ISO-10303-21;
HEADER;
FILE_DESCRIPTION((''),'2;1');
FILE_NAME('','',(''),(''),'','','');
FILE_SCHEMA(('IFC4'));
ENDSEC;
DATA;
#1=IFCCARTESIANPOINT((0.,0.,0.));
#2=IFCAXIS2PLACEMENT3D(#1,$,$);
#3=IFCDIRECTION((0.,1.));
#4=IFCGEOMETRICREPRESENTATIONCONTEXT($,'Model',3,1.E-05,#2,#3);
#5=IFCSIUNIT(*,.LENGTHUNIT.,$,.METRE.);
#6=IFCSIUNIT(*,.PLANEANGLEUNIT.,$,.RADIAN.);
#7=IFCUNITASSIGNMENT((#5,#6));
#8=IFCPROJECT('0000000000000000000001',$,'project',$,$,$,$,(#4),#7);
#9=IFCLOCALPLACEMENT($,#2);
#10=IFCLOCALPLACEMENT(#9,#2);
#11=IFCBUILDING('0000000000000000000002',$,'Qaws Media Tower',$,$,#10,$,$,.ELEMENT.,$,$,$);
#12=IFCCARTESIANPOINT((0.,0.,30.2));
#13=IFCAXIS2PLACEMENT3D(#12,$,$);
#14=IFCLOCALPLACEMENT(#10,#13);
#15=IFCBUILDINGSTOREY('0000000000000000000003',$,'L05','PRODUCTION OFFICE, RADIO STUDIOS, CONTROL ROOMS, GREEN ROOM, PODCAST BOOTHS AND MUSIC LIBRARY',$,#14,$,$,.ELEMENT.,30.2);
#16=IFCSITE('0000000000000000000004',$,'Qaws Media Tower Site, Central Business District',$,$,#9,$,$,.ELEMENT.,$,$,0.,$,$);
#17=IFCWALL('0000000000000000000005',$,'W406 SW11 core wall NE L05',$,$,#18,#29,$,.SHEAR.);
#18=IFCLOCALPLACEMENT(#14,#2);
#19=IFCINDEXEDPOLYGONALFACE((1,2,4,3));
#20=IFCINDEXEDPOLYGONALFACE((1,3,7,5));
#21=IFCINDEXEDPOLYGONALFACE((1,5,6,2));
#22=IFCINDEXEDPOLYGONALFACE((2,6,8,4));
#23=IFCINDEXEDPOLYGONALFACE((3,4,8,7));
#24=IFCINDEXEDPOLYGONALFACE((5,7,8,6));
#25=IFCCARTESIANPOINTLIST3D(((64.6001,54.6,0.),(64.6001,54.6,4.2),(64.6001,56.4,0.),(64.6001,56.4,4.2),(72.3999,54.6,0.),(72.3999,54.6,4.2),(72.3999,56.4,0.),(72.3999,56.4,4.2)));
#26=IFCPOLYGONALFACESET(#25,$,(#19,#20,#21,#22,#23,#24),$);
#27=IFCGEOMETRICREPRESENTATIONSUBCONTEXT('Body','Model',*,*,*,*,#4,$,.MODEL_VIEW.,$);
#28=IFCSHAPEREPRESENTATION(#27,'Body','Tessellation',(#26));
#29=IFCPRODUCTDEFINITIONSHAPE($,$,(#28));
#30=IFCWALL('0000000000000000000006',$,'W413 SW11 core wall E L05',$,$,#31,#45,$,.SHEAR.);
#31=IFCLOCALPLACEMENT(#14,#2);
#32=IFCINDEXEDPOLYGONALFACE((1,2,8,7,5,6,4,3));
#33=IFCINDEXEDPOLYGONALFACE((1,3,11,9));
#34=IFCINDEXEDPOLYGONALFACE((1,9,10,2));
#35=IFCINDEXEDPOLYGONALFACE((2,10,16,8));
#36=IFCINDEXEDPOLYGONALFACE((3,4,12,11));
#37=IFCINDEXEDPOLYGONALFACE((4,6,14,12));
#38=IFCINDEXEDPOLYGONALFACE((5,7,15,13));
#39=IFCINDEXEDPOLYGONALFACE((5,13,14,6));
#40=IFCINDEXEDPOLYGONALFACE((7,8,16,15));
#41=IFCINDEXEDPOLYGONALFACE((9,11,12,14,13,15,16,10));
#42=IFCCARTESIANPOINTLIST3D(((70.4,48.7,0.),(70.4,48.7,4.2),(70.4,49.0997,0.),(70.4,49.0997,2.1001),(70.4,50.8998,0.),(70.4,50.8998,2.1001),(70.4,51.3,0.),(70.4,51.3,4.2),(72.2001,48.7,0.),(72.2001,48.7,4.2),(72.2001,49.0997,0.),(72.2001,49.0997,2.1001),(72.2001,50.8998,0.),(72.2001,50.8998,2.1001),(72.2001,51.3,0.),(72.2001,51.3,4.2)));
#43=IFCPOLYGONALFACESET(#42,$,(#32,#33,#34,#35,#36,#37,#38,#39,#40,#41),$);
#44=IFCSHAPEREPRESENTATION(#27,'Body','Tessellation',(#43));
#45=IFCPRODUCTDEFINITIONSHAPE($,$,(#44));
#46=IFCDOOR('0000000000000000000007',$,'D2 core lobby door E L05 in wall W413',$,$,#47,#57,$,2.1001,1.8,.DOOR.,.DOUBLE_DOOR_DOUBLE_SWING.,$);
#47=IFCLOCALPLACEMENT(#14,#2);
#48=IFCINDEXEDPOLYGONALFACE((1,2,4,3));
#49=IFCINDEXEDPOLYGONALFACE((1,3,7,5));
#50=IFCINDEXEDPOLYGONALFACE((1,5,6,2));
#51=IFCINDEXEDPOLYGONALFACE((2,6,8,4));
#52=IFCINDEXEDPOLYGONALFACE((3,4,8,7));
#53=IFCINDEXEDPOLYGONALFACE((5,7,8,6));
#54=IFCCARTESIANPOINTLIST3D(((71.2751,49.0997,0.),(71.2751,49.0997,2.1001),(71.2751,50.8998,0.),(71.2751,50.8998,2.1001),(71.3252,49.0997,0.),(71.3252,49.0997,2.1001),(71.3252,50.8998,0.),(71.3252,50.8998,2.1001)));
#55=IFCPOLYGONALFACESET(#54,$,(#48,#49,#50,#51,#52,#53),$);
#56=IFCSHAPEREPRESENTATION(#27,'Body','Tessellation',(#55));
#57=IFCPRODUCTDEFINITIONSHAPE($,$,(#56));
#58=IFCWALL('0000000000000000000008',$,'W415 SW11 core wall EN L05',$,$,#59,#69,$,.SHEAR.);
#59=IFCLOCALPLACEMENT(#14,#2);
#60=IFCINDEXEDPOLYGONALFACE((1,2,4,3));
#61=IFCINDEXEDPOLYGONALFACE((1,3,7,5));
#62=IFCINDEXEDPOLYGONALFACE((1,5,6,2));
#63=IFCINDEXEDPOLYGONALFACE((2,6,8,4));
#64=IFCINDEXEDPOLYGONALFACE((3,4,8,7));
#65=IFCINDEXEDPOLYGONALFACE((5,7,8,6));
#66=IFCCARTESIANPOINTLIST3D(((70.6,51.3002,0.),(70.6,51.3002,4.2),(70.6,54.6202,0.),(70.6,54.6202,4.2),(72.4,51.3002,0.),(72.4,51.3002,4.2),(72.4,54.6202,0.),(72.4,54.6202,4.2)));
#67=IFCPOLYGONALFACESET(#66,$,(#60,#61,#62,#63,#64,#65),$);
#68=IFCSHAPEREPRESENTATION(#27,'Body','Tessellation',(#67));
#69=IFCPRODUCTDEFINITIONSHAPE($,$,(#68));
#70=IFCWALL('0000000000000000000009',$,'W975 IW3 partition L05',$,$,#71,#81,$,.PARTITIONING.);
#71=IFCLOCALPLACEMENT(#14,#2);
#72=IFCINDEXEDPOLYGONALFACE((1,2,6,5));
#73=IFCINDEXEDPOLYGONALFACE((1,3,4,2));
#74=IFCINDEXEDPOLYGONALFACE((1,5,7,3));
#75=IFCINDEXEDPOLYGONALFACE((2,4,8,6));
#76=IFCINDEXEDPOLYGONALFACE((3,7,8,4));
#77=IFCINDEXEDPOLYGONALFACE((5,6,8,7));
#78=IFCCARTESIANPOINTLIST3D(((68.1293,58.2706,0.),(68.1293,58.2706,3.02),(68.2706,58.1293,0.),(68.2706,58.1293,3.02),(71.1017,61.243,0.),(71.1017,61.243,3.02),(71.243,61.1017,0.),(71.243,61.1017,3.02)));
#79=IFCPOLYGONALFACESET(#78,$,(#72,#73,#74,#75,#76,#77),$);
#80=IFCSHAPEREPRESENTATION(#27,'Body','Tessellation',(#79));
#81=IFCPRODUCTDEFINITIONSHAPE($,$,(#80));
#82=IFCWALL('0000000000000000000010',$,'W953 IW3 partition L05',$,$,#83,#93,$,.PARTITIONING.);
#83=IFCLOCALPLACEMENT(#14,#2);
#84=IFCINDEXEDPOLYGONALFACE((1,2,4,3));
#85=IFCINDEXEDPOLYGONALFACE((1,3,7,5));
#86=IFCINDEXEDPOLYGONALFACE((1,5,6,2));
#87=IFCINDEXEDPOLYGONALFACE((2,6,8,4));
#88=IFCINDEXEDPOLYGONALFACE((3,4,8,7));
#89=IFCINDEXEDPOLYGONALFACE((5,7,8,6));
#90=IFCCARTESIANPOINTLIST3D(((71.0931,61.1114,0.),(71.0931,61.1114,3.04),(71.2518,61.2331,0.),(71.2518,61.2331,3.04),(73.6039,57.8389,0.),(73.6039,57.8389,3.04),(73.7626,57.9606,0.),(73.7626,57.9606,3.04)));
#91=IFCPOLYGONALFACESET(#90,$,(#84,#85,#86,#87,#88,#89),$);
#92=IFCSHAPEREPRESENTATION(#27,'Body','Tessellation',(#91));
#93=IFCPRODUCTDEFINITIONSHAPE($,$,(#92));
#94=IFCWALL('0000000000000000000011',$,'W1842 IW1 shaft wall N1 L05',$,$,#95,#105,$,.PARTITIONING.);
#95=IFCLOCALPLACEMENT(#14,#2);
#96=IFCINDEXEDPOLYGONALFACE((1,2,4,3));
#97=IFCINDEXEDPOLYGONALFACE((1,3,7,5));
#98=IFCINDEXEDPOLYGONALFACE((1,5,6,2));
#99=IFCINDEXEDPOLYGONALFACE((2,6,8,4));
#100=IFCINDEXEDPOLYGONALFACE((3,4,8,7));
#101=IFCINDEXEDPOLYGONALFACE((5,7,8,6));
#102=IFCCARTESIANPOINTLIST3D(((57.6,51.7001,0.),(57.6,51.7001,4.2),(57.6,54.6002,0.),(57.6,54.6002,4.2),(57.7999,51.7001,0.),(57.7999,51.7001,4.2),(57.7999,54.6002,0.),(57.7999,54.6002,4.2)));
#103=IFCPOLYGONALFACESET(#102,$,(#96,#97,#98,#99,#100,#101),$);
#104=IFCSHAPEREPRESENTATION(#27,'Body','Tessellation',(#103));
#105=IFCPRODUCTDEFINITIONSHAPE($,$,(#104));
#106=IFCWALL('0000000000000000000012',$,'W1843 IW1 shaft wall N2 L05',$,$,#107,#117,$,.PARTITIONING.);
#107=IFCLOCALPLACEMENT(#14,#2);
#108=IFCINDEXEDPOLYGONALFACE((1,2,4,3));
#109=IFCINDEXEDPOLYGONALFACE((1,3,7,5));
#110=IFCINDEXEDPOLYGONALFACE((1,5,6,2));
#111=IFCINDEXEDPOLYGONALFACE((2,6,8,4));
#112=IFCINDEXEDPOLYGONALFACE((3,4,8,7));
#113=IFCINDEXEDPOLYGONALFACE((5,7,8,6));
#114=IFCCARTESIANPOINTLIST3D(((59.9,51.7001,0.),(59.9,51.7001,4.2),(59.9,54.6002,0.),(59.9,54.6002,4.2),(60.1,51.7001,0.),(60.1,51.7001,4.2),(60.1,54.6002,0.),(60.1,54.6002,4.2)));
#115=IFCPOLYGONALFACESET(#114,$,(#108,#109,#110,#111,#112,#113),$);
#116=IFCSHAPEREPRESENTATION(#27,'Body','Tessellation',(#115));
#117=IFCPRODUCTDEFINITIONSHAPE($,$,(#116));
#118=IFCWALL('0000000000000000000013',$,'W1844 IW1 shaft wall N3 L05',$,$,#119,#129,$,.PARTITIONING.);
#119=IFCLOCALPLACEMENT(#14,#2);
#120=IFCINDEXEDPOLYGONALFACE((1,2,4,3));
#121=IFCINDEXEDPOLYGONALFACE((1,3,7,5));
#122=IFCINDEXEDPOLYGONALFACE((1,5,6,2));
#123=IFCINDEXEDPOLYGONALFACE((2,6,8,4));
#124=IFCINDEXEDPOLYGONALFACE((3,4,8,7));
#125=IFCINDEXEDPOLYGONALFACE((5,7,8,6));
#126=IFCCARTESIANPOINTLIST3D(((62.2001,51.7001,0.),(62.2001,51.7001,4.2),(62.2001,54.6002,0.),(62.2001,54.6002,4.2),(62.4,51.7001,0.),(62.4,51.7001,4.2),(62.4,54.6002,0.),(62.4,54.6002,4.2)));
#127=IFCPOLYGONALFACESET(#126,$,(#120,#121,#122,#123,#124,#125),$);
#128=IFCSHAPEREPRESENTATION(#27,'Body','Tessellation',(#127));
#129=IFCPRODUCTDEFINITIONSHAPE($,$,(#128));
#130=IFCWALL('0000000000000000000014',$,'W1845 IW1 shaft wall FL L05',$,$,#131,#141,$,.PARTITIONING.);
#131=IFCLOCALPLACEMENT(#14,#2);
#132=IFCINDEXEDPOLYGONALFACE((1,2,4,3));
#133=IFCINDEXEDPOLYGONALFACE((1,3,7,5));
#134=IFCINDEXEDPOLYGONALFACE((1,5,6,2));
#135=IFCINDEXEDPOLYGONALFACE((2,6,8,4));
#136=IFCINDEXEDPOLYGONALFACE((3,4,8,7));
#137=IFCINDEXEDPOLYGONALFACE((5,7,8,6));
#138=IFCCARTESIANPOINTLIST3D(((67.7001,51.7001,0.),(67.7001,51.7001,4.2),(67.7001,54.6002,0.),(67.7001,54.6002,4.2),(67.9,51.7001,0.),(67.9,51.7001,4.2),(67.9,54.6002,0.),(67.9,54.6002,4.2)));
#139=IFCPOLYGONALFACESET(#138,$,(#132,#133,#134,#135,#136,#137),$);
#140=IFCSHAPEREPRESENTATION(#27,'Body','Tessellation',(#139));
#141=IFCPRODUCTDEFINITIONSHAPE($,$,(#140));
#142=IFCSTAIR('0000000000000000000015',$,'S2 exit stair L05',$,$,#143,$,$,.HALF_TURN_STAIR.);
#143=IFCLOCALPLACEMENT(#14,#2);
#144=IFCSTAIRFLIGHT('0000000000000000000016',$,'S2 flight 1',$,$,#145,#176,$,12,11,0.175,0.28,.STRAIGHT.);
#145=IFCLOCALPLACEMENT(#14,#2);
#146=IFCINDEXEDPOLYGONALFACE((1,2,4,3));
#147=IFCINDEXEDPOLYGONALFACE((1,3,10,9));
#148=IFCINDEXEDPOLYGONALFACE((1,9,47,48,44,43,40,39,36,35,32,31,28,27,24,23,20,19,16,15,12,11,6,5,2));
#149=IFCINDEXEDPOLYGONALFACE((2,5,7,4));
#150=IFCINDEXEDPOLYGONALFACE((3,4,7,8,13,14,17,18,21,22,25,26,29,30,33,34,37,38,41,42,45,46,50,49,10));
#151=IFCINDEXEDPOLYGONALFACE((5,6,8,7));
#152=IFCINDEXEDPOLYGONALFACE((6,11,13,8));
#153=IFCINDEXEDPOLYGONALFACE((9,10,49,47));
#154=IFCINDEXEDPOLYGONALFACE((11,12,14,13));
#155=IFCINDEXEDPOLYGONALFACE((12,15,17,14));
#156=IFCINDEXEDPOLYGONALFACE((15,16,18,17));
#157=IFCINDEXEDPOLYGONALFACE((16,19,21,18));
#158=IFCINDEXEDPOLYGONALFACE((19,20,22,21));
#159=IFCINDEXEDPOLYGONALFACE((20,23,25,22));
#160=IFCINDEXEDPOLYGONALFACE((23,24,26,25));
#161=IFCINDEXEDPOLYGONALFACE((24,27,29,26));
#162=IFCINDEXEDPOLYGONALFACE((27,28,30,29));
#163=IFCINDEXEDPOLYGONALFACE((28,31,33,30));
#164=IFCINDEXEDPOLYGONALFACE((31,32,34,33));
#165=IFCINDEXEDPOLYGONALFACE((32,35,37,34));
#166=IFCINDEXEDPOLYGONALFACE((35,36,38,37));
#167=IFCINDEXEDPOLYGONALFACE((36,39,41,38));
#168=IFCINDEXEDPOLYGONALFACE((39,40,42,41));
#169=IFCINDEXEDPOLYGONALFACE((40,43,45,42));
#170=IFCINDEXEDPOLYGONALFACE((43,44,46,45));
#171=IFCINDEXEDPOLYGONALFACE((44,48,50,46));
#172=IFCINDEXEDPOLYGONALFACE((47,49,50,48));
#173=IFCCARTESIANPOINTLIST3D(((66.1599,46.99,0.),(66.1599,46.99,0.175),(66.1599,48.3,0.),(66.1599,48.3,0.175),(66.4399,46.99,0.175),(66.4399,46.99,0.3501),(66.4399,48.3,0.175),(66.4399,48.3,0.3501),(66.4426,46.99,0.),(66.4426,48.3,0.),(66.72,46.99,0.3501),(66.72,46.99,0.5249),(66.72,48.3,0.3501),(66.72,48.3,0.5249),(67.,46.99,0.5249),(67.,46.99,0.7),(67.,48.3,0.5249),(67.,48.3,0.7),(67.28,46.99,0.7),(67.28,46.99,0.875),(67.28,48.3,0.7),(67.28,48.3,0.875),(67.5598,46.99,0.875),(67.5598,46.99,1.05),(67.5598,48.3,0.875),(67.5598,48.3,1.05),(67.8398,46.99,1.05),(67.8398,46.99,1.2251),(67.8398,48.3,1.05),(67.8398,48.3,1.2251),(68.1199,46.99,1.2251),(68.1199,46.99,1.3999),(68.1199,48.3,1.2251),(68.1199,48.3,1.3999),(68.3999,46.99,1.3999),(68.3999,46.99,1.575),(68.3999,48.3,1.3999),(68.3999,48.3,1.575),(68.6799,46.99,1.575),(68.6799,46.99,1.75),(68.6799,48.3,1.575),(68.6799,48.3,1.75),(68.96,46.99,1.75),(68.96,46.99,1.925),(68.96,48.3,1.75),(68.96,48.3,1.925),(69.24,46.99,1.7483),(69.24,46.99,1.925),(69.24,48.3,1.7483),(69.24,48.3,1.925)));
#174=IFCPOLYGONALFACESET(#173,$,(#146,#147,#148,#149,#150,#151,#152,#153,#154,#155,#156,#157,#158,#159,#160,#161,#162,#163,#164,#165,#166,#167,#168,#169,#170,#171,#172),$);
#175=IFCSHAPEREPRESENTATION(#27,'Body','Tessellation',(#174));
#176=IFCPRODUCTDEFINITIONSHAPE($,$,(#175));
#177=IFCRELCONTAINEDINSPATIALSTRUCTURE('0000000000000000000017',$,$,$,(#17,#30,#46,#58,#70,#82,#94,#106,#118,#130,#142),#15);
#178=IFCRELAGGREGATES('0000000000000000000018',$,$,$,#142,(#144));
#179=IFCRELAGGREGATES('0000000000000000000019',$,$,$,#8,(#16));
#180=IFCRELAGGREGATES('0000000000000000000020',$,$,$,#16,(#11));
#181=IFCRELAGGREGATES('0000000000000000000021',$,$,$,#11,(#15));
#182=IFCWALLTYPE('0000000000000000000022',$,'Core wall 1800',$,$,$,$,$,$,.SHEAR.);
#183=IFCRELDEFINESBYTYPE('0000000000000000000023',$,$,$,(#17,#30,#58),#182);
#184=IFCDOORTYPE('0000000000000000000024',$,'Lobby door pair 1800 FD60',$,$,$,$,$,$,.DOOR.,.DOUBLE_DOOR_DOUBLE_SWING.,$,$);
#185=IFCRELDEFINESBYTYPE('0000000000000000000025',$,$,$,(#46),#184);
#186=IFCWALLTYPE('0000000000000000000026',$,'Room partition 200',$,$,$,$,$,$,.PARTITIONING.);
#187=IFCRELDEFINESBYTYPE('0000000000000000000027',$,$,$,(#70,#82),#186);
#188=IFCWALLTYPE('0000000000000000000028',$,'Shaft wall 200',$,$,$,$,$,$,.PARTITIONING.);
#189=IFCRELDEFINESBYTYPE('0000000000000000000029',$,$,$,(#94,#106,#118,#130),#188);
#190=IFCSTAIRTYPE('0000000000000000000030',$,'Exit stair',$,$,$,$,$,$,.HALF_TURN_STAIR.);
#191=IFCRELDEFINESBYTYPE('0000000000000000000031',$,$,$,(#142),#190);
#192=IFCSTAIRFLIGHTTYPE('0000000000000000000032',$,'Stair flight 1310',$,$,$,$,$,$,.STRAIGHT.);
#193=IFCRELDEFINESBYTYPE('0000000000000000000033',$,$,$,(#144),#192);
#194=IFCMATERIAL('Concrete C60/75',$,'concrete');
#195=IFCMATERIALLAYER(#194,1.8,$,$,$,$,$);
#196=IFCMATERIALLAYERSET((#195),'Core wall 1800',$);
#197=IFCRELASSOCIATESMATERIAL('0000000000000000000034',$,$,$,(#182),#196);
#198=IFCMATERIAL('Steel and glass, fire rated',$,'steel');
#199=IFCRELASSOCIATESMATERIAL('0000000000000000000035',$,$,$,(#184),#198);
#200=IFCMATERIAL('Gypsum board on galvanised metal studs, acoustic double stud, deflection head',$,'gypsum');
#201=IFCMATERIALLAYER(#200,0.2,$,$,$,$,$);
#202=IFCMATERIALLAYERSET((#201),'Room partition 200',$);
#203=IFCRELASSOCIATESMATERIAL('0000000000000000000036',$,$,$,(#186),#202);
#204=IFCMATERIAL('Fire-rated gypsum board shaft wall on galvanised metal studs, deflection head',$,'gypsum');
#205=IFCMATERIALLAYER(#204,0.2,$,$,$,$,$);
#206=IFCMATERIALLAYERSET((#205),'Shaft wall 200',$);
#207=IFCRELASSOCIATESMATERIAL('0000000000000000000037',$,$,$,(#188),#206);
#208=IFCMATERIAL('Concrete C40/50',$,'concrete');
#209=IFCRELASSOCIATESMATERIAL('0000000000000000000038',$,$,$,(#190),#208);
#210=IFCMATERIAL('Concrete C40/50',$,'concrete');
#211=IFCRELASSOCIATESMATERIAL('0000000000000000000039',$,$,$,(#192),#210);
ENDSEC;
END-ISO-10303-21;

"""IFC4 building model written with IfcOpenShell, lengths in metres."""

from ifc_helpers import new_model, si_unit, direction, frame, frame_2d, origin, place, context, subcontext, project, spatial, polyline, rectangle, outline, extrude, material, layer, layer_set, type_object, element, fill, aggregate, save


model = new_model("IFC4")

# Units and contexts
model_context = context("Model", 3, precision=1e-05, world=origin(), true_north=direction((0.0, 1.0)))
body_context = subcontext(model_context, "Body", "Model", "MODEL_VIEW")
ifc_project = project(units=[si_unit("LENGTHUNIT", "METRE"), si_unit("PLANEANGLEUNIT", "RADIAN")], contexts=[model_context])

# Site, building, storey
site_placement = place(None, origin())
site = spatial("IfcSite", under=ifc_project, at=site_placement, Name="Qaws Media Tower Site, Central Business District", CompositionType="ELEMENT", RefElevation=0.0)
building_placement = place(site_placement, origin())
building = spatial("IfcBuilding", under=site, at=building_placement, Name="Qaws Media Tower", CompositionType="ELEMENT")
storey_placement = place(building_placement, frame((0.0, 0.0, 30.2)))
storey = spatial("IfcBuildingStorey", under=building, at=storey_placement, Name="L05", Description="PRODUCTION OFFICE, RADIO STUDIOS, CONTROL ROOMS, GREEN ROOM, PODCAST BOOTHS AND MUSIC LIBRARY", CompositionType="ELEMENT", Elevation=30.2)

# Wall
ifc_material_1 = material(Name="Concrete C60/75", Category="concrete")
ifc_layer_1 = layer(ifc_material_1, 1.8)
ifc_layer_set_1 = layer_set([ifc_layer_1], Name="Core wall 1800")
wall_type_1 = type_object("IfcWallType", Name="Core wall 1800", PredefinedType="SHEAR", material=ifc_layer_set_1)
wall_1_placement = place(storey_placement, frame((64.6001, 55.5, 0.0), z_axis=(0.0, 0.0, 1.0), x_axis=(1.0, 0.0, 0.0)))
element("IfcWall", 1, at=wall_1_placement, inside=storey, type_object=wall_type_1, Name="W406 SW11 core wall NE L05", PredefinedType="SHEAR", context=body_context, shape_type="SweptSolid", body=[
    extrude(rectangle(XDim=7.7998, YDim=1.8, at=frame_2d((3.8999, 0.0))), origin(), (0.0, 0.0, 1.0), 4.2),
])

# Wall, opening, door
wall_2_placement = place(storey_placement, frame((71.3, 48.7, 0.0), z_axis=(0.0, 0.0, 1.0), x_axis=(0.0, 1.0, 0.0)))
wall_2 = element("IfcWall", 2, at=wall_2_placement, inside=storey, type_object=wall_type_1, Name="W413 SW11 core wall E L05", PredefinedType="SHEAR", context=body_context, shape_type="SweptSolid", body=[
    extrude(rectangle(XDim=2.6001, YDim=1.8, at=frame_2d((1.3, 0.0))), origin(), (0.0, 0.0, 1.0), 4.2),
])
opening_1_placement = place(wall_2_placement, frame((0.3999, 0.0, 0.0)))
opening_1 = element("IfcOpeningElement", 3, at=opening_1_placement, cuts=wall_2, PredefinedType="OPENING", context=body_context, shape_type="SweptSolid", body=[
    extrude(rectangle(XDim=1.8, YDim=2.1001, at=frame_2d((0.8999, 1.05))), frame((0.0, 0.9099, 0.0), z_axis=(0.0, -1.0, 0.0), x_axis=(1.0, 0.0, 0.0)), (0.0, 0.0, 1.0), 1.8201),
])
ifc_material_2 = material(Name="Steel and glass, fire rated", Category="steel")
door_type_1 = type_object("IfcDoorType", Name="Lobby door pair 1800 FD60", OperationType="DOUBLE_DOOR_DOUBLE_SWING", PredefinedType="DOOR", material=ifc_material_2)
door_1_placement = place(opening_1_placement, origin())
door_1 = element("IfcDoor", 4, at=door_1_placement, inside=storey, type_object=door_type_1, Name="D2 core lobby door E L05 in wall W413", OperationType="DOUBLE_DOOR_DOUBLE_SWING", OverallHeight=2.1001, OverallWidth=1.8, PredefinedType="DOOR", context=body_context, shape_type="SweptSolid", body=[
    extrude(rectangle(XDim=1.8, YDim=2.1001, at=frame_2d((0.8999, 1.05))), frame((0.0, 0.0249, 0.0), z_axis=(0.0, -1.0, 0.0), x_axis=(1.0, 0.0, 0.0)), (0.0, 0.0, 1.0), 0.05),
])
fill(opening_1, door_1)

# Walls
wall_3_placement = place(storey_placement, frame((71.5, 51.3, 0.0), z_axis=(0.0, 0.0, 1.0), x_axis=(0.0, 1.0, 0.0)))
element("IfcWall", 5, at=wall_3_placement, inside=storey, type_object=wall_type_1, Name="W415 SW11 core wall EN L05", PredefinedType="SHEAR", context=body_context, shape_type="SweptSolid", body=[
    extrude(rectangle(XDim=3.3201, YDim=1.8, at=frame_2d((1.6602, 0.0))), origin(), (0.0, 0.0, 1.0), 4.2),
])
ifc_material_3 = material(Name="Gypsum board on galvanised metal studs, acoustic double stud, deflection head", Category="gypsum")
ifc_layer_2 = layer(ifc_material_3, 0.2)
ifc_layer_set_2 = layer_set([ifc_layer_2], Name="Room partition 200")
wall_type_2 = type_object("IfcWallType", Name="Room partition 200", PredefinedType="PARTITIONING", material=ifc_layer_set_2)
wall_4_placement = place(storey_placement, frame((68.2, 58.2, 0.0), z_axis=(0.0, 0.0, 1.0), x_axis=(0.707107, 0.707107, 0.0)))
element("IfcWall", 6, at=wall_4_placement, inside=storey, type_object=wall_type_2, Name="W975 IW3 partition L05", PredefinedType="PARTITIONING", context=body_context, shape_type="SweptSolid", body=[
    extrude(rectangle(XDim=4.2036, YDim=0.2, at=frame_2d((2.1018, 0.0))), origin(), (0.0, 0.0, 1.0), 3.02),
])
wall_5_placement = place(storey_placement, frame((71.1724, 61.1724, 0.0), z_axis=(0.0, 0.0, 1.0), x_axis=(0.608715, -0.793389, 0.0)))
element("IfcWall", 7, at=wall_5_placement, inside=storey, type_object=wall_type_2, Name="W953 IW3 partition L05", PredefinedType="PARTITIONING", context=body_context, shape_type="SweptSolid", body=[
    extrude(rectangle(XDim=4.1248, YDim=0.2, at=frame_2d((2.0625, 0.0))), origin(), (0.0, 0.0, 1.0), 3.04),
])
ifc_material_4 = material(Name="Fire-rated gypsum board shaft wall on galvanised metal studs, deflection head", Category="gypsum")
ifc_layer_3 = layer(ifc_material_4, 0.2)
ifc_layer_set_3 = layer_set([ifc_layer_3], Name="Shaft wall 200")
wall_type_3 = type_object("IfcWallType", Name="Shaft wall 200", PredefinedType="PARTITIONING", material=ifc_layer_set_3)
for number, where, z_axis, x_axis, name in (
    (8, (57.7, 51.7, 0.0), (0.0, 0.0, 1.0), (0.0, 1.0, 0.0), "W1842 IW1 shaft wall N1 L05"),
    (9, (60.0, 51.7, 0.0), (0.0, 0.0, 1.0), (0.0, 1.0, 0.0), "W1843 IW1 shaft wall N2 L05"),
    (10, (62.3, 51.7, 0.0), (0.0, 0.0, 1.0), (0.0, 1.0, 0.0), "W1844 IW1 shaft wall N3 L05"),
    (11, (67.8, 51.7, 0.0), (0.0, 0.0, 1.0), (0.0, 1.0, 0.0), "W1845 IW1 shaft wall FL L05"),
):
    element("IfcWall", number, at=place(storey_placement, frame(where, z_axis=z_axis, x_axis=x_axis)), inside=storey, type_object=wall_type_3, Name=name, PredefinedType="PARTITIONING", context=body_context, shape_type="SweptSolid", body=[
        extrude(rectangle(XDim=2.9001, YDim=0.2, at=frame_2d((1.4502, 0.0))), origin(), (0.0, 0.0, 1.0), 4.2),
    ])

# Stair, stair flight
ifc_material_5 = material(Name="Concrete C40/50", Category="concrete")
stair_type = type_object("IfcStairType", Name="Exit stair", PredefinedType="HALF_TURN_STAIR", material=ifc_material_5)
stair_placement = place(storey_placement, origin())
stair = element("IfcStair", 12, at=stair_placement, inside=storey, type_object=stair_type, Name="S2 exit stair L05", PredefinedType="HALF_TURN_STAIR")
ifc_material_6 = material(Name="Concrete C40/50", Category="concrete")
stair_flight_type = type_object("IfcStairFlightType", Name="Stair flight 1310", PredefinedType="STRAIGHT", material=ifc_material_6)
stair_flight_placement = place(storey_placement, frame((66.1599, 47.645, 0.0), z_axis=(0.0, 0.0, 1.0), x_axis=(1.0, 0.0, 0.0)))
stair_flight = element("IfcStairFlight", 13, at=stair_flight_placement, type_object=stair_flight_type, Name="S2 flight 1", NumberOfRisers=12, NumberOfTreads=11, PredefinedType="STRAIGHT", RiserHeight=0.175, TreadLength=0.28, context=body_context, shape_type="SweptSolid", body=[
    extrude(outline(polyline([(0.0, 0.0), (0.0, 0.175), (0.28, 0.175), (0.28, 0.3501), (0.5601, 0.3501), (0.5601, 0.5249), (0.8401, 0.5249), (0.8401, 0.7), (1.1201, 0.7), (1.1201, 0.875), (1.3999, 0.875), (1.3999, 1.05), (1.6799, 1.05), (1.6799, 1.2251), (1.96, 1.2251), (1.96, 1.3999), (2.24, 1.3999), (2.24, 1.575), (2.52, 1.575), (2.52, 1.75), (2.8, 1.75), (2.8, 1.925), (3.0801, 1.925), (3.0801, 2.1001), (3.0801, 1.7483), (0.2827, 0.0), (0.0, 0.0)])), frame((0.0, 0.655, 0.0), z_axis=(0.0, -1.0, 0.0), x_axis=(1.0, 0.0, 0.0)), (0.0, 0.0, 1.0), 1.3101),
])
aggregate(stair, [stair_flight])

save(model, "model.ifc")
